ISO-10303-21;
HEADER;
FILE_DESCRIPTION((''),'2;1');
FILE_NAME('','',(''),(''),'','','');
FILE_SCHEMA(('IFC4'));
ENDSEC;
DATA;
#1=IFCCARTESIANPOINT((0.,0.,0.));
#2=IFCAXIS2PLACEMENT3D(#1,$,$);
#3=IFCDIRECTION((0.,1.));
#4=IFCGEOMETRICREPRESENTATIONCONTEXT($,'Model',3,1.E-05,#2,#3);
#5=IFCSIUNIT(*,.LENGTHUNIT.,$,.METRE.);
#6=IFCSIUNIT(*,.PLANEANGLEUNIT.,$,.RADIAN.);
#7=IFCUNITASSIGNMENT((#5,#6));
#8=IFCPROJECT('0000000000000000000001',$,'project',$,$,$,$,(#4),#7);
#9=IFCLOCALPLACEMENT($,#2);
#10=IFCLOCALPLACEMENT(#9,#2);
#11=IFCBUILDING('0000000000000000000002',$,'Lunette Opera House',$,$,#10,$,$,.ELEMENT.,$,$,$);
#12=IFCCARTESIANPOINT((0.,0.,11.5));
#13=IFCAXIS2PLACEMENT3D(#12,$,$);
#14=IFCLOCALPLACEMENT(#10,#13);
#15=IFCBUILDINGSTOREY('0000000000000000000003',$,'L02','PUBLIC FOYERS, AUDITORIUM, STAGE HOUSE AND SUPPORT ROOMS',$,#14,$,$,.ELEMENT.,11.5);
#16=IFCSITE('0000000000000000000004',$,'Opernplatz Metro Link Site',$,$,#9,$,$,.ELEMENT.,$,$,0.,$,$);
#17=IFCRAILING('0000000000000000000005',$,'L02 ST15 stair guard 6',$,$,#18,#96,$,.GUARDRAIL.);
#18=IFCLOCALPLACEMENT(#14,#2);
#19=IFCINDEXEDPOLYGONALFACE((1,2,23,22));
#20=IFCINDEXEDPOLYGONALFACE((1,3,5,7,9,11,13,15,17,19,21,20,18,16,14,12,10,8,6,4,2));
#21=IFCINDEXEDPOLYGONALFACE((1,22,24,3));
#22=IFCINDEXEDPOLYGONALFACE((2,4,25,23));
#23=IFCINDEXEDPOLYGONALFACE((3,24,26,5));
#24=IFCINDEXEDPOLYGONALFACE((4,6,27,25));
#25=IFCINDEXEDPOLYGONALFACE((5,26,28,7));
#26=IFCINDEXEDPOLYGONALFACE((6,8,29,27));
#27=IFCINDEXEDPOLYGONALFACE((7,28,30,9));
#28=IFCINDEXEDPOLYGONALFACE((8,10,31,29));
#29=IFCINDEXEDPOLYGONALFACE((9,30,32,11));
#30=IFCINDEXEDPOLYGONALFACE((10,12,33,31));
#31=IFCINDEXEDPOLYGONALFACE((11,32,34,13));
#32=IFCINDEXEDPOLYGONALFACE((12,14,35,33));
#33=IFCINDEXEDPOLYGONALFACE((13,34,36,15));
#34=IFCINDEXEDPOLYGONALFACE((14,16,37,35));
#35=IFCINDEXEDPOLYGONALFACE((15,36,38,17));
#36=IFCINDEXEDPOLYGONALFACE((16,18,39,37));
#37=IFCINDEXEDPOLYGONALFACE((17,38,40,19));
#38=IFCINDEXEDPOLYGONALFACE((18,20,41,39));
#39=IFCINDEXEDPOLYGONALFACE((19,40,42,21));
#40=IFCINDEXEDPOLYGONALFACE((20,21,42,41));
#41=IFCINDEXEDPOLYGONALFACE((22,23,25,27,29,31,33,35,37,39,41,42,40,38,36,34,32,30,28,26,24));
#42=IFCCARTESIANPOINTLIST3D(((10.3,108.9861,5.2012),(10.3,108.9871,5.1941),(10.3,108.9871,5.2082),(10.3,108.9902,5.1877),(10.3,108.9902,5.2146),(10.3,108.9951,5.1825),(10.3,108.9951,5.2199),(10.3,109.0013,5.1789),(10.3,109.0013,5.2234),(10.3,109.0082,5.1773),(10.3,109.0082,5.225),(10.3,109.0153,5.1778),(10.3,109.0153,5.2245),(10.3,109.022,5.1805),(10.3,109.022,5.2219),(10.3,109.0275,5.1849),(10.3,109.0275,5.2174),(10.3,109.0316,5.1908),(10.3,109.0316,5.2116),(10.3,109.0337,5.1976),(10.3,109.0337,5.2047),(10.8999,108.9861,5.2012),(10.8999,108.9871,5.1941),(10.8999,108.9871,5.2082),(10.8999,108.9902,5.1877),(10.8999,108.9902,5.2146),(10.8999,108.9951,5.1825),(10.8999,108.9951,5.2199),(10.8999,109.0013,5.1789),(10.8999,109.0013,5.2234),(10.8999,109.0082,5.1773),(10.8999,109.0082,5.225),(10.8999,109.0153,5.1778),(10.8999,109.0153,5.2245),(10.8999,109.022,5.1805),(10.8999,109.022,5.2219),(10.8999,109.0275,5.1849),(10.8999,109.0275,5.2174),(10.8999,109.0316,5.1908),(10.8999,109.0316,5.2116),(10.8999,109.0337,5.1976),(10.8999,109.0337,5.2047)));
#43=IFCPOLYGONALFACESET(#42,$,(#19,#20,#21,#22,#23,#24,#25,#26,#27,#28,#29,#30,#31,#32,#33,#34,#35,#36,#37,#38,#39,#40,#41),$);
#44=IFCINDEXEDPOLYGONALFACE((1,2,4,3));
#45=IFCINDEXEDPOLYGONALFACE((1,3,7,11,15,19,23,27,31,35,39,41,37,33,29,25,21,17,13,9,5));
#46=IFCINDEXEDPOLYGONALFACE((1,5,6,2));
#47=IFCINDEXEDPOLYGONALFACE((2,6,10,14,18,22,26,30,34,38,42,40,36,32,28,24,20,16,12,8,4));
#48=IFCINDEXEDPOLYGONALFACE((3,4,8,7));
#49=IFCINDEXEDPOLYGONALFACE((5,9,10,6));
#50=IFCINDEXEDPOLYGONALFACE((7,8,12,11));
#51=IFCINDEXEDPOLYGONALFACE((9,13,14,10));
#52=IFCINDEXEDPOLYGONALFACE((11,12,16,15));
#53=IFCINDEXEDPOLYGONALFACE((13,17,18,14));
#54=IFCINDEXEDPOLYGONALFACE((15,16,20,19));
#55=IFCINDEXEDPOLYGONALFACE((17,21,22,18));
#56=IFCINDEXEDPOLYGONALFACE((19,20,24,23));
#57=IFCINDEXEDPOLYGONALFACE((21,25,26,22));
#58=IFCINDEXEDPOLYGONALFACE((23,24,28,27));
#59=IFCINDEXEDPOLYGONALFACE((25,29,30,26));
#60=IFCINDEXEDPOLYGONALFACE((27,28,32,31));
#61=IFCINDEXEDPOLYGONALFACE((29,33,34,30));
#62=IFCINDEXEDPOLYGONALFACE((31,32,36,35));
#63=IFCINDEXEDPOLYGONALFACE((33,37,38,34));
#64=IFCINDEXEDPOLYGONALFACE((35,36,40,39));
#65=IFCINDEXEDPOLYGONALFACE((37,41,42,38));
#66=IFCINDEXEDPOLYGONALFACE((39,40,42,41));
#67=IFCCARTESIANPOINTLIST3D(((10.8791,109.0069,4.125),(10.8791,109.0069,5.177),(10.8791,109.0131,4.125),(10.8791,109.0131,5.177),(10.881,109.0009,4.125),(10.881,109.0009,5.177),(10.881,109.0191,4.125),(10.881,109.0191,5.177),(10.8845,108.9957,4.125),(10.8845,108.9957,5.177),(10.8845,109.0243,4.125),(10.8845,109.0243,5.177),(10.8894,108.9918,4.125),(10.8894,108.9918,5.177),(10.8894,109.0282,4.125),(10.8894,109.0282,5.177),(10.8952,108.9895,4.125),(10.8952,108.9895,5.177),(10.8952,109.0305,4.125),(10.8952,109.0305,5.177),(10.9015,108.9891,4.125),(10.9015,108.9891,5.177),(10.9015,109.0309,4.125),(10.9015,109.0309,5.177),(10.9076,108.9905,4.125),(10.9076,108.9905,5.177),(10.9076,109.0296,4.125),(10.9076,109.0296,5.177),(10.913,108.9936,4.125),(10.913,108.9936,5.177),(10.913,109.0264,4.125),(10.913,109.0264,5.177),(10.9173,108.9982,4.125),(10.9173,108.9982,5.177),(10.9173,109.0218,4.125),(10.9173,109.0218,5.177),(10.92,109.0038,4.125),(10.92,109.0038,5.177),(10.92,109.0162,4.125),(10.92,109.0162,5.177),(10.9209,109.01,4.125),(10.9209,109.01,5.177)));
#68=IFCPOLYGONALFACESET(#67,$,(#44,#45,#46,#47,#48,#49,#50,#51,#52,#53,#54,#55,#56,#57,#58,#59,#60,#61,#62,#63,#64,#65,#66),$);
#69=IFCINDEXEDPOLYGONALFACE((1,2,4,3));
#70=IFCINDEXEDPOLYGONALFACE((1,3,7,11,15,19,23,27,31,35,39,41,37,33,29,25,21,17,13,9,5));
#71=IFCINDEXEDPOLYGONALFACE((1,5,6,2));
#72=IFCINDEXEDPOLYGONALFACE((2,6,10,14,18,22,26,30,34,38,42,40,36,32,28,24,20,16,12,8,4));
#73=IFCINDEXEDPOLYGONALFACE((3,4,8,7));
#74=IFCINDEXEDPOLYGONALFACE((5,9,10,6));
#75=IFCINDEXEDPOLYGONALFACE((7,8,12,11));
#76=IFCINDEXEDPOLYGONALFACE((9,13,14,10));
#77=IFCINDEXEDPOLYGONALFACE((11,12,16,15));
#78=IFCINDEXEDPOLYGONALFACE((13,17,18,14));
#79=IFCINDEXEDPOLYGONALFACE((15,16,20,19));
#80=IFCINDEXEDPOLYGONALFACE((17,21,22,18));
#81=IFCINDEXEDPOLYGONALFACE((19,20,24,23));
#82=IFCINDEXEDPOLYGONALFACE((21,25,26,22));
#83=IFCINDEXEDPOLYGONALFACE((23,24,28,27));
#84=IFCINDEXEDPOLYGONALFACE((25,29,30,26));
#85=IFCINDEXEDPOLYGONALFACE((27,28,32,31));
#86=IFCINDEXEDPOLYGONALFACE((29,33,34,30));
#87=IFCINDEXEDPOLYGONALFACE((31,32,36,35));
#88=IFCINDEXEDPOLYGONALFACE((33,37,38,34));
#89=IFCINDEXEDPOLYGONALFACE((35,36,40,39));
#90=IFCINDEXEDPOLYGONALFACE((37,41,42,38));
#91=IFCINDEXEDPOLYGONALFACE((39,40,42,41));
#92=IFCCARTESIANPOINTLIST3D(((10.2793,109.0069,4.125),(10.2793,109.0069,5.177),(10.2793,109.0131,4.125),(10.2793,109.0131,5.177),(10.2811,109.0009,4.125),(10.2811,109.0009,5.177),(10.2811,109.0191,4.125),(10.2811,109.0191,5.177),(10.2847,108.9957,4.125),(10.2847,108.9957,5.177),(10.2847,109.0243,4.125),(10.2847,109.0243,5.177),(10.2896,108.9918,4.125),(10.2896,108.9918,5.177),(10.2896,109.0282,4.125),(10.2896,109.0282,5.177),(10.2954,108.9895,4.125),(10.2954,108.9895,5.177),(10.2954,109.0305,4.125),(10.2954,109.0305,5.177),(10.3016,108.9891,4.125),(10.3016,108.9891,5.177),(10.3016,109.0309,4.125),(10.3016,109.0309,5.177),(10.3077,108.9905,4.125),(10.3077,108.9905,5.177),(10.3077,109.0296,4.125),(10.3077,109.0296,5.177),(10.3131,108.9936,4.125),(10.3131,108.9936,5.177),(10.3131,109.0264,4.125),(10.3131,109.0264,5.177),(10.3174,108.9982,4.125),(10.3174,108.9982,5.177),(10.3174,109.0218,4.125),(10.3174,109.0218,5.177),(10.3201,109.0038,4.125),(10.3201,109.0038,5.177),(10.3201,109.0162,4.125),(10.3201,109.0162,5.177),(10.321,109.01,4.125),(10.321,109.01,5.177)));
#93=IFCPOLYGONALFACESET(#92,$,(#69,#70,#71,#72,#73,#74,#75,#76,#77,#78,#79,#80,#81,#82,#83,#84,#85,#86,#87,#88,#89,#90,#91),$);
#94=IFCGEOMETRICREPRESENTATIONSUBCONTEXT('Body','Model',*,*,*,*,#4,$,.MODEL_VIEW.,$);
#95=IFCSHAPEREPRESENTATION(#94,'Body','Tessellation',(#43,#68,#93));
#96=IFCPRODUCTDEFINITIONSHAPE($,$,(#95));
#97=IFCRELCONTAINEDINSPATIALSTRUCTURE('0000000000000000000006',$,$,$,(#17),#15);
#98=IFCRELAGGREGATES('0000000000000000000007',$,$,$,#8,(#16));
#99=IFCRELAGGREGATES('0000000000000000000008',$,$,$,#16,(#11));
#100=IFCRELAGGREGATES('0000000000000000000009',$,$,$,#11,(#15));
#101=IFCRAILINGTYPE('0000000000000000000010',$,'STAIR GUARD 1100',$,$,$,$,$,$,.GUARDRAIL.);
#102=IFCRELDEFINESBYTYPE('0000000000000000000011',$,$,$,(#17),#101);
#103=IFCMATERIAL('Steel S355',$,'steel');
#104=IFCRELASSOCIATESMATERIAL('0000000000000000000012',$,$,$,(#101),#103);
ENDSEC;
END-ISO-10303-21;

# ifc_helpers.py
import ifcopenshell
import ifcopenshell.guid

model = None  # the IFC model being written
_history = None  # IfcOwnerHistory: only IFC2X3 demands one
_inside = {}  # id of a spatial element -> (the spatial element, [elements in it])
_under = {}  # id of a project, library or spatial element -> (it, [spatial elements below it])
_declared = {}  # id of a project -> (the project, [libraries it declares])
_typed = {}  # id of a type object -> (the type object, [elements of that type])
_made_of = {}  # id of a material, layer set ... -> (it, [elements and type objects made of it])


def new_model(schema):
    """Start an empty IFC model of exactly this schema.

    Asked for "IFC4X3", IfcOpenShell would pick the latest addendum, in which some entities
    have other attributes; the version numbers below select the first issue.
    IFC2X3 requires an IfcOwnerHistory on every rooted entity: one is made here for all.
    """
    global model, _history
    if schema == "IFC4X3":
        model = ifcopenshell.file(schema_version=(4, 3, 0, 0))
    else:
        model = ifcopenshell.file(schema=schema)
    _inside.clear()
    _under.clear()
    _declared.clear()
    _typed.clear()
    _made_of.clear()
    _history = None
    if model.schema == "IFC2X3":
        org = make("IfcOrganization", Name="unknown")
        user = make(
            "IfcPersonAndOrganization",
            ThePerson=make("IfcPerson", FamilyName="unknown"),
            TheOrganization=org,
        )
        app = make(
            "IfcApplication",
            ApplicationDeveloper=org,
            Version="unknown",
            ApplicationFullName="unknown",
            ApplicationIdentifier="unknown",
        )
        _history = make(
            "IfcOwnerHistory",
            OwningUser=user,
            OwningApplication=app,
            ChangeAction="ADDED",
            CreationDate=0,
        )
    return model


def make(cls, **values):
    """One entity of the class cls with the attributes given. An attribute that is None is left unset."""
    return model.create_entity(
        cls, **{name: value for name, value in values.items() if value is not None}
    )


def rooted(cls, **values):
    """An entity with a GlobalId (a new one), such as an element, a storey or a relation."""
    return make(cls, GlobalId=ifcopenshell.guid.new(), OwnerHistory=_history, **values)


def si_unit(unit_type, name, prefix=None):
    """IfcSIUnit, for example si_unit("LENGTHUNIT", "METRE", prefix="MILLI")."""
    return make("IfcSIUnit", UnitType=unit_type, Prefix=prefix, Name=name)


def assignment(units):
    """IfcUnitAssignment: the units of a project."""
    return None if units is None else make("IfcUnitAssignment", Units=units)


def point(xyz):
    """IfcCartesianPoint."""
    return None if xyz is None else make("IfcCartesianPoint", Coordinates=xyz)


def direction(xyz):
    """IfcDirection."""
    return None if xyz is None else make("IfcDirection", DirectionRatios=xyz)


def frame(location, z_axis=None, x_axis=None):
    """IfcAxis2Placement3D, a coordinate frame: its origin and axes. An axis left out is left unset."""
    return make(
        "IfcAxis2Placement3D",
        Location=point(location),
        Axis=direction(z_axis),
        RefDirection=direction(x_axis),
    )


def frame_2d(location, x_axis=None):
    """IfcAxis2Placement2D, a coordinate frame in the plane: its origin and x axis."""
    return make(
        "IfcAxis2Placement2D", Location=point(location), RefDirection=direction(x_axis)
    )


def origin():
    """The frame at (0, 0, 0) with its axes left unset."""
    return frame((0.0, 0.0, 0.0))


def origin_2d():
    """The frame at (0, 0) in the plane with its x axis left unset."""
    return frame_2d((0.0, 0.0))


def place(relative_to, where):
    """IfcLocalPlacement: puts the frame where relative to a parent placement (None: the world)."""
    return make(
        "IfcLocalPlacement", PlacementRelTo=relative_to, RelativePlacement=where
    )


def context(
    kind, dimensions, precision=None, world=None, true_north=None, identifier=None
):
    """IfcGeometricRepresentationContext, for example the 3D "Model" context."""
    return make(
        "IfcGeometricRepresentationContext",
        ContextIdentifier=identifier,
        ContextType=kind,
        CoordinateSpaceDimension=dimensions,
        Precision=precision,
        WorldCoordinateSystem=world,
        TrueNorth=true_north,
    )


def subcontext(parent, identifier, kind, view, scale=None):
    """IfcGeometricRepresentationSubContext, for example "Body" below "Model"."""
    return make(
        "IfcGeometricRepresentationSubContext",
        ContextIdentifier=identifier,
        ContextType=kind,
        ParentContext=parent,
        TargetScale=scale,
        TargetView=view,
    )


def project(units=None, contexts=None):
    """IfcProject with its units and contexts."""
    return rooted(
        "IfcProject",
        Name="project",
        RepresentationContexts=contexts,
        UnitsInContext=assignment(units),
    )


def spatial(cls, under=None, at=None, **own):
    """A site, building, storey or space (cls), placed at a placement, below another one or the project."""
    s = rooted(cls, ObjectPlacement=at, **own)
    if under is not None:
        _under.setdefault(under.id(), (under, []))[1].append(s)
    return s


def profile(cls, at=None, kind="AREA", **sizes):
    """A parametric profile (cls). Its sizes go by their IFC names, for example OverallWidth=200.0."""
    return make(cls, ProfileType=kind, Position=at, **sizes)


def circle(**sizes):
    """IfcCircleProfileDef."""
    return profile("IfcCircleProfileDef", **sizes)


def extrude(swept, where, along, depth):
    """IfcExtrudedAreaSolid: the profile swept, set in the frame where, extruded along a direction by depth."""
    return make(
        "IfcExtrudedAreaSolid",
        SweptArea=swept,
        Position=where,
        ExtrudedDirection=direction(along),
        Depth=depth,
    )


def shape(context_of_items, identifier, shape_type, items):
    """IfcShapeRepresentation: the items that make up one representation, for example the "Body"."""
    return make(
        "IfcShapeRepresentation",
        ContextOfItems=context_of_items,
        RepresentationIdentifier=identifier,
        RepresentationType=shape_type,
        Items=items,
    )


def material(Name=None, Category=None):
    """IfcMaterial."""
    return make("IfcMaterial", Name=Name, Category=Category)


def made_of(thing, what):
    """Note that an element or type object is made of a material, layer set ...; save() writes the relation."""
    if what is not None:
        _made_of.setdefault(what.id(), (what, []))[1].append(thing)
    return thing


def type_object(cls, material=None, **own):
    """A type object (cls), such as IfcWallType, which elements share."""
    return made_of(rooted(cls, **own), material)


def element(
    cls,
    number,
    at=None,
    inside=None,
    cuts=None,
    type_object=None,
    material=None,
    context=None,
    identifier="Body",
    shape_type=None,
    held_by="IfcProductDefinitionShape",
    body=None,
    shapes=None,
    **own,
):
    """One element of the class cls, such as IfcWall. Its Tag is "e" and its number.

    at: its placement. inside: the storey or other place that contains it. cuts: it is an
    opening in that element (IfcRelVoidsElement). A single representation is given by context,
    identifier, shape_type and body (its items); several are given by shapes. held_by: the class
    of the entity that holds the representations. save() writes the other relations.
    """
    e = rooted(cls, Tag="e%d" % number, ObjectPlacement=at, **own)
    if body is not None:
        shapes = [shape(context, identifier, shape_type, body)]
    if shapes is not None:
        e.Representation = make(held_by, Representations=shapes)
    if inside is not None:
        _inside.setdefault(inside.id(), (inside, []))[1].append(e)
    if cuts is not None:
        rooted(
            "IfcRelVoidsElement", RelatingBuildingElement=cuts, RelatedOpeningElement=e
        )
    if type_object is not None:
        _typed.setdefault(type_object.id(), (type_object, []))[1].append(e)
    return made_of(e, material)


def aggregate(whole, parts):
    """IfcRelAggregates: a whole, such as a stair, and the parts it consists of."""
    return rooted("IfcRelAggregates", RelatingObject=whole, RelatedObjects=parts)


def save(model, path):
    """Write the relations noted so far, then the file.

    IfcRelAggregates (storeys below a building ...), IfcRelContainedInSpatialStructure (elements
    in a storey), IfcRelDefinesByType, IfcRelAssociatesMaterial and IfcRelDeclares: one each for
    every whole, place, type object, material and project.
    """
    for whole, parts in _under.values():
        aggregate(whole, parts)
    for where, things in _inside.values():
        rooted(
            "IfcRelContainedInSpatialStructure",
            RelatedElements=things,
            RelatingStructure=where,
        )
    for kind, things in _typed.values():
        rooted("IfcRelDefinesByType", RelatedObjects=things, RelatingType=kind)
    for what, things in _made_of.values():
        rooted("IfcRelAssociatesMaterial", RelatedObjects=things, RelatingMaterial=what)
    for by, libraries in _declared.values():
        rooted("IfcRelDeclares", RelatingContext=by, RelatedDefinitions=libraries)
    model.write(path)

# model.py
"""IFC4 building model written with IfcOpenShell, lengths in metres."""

from ifc_helpers import new_model, si_unit, direction, frame, origin, origin_2d, place, context, subcontext, project, spatial, circle, extrude, material, type_object, element, save


model = new_model("IFC4")

# Units and contexts
model_context = context("Model", 3, precision=1e-05, world=origin(), true_north=direction((0.0, 1.0)))
body_context = subcontext(model_context, "Body", "Model", "MODEL_VIEW")
ifc_project = project(units=[si_unit("LENGTHUNIT", "METRE"), si_unit("PLANEANGLEUNIT", "RADIAN")], contexts=[model_context])

# Site, building, storey
site_placement = place(None, origin())
site = spatial("IfcSite", under=ifc_project, at=site_placement, Name="Opernplatz Metro Link Site", CompositionType="ELEMENT", RefElevation=0.0)
building_placement = place(site_placement, origin())
building = spatial("IfcBuilding", under=site, at=building_placement, Name="Lunette Opera House", CompositionType="ELEMENT")
storey_placement = place(building_placement, frame((0.0, 0.0, 11.5)))
storey = spatial("IfcBuildingStorey", under=building, at=storey_placement, Name="L02", Description="PUBLIC FOYERS, AUDITORIUM, STAGE HOUSE AND SUPPORT ROOMS", CompositionType="ELEMENT", Elevation=11.5)

# Railing
ifc_material_1 = material(Name="Steel S355", Category="steel")
railing_type_1 = type_object("IfcRailingType", Name="STAIR GUARD 1100", PredefinedType="GUARDRAIL", material=ifc_material_1)
railing_1_placement = place(storey_placement, frame((10.8999, 109.01, 4.125)))
element("IfcRailing", 1, at=railing_1_placement, inside=storey, type_object=railing_type_1, Name="L02 ST15 stair guard 6", PredefinedType="GUARDRAIL", context=body_context, shape_type="SweptSolid", body=[
    extrude(circle(Radius=0.0239, at=origin_2d()), frame((0.0, 0.0, 1.0762), z_axis=(-1.0, 0.0, 0.0), x_axis=(0.0, -1.0, 0.0)), (0.0, 0.0, 1.0), 0.5999),
    extrude(circle(Radius=0.021, at=origin_2d()), origin(), (0.0, 0.0, 1.0), 1.052),
    extrude(circle(Radius=0.021, at=origin_2d()), frame((-0.5999, 0.0, 0.0)), (0.0, 0.0, 1.0), 1.052),
])

save(model, "model.ifc")
